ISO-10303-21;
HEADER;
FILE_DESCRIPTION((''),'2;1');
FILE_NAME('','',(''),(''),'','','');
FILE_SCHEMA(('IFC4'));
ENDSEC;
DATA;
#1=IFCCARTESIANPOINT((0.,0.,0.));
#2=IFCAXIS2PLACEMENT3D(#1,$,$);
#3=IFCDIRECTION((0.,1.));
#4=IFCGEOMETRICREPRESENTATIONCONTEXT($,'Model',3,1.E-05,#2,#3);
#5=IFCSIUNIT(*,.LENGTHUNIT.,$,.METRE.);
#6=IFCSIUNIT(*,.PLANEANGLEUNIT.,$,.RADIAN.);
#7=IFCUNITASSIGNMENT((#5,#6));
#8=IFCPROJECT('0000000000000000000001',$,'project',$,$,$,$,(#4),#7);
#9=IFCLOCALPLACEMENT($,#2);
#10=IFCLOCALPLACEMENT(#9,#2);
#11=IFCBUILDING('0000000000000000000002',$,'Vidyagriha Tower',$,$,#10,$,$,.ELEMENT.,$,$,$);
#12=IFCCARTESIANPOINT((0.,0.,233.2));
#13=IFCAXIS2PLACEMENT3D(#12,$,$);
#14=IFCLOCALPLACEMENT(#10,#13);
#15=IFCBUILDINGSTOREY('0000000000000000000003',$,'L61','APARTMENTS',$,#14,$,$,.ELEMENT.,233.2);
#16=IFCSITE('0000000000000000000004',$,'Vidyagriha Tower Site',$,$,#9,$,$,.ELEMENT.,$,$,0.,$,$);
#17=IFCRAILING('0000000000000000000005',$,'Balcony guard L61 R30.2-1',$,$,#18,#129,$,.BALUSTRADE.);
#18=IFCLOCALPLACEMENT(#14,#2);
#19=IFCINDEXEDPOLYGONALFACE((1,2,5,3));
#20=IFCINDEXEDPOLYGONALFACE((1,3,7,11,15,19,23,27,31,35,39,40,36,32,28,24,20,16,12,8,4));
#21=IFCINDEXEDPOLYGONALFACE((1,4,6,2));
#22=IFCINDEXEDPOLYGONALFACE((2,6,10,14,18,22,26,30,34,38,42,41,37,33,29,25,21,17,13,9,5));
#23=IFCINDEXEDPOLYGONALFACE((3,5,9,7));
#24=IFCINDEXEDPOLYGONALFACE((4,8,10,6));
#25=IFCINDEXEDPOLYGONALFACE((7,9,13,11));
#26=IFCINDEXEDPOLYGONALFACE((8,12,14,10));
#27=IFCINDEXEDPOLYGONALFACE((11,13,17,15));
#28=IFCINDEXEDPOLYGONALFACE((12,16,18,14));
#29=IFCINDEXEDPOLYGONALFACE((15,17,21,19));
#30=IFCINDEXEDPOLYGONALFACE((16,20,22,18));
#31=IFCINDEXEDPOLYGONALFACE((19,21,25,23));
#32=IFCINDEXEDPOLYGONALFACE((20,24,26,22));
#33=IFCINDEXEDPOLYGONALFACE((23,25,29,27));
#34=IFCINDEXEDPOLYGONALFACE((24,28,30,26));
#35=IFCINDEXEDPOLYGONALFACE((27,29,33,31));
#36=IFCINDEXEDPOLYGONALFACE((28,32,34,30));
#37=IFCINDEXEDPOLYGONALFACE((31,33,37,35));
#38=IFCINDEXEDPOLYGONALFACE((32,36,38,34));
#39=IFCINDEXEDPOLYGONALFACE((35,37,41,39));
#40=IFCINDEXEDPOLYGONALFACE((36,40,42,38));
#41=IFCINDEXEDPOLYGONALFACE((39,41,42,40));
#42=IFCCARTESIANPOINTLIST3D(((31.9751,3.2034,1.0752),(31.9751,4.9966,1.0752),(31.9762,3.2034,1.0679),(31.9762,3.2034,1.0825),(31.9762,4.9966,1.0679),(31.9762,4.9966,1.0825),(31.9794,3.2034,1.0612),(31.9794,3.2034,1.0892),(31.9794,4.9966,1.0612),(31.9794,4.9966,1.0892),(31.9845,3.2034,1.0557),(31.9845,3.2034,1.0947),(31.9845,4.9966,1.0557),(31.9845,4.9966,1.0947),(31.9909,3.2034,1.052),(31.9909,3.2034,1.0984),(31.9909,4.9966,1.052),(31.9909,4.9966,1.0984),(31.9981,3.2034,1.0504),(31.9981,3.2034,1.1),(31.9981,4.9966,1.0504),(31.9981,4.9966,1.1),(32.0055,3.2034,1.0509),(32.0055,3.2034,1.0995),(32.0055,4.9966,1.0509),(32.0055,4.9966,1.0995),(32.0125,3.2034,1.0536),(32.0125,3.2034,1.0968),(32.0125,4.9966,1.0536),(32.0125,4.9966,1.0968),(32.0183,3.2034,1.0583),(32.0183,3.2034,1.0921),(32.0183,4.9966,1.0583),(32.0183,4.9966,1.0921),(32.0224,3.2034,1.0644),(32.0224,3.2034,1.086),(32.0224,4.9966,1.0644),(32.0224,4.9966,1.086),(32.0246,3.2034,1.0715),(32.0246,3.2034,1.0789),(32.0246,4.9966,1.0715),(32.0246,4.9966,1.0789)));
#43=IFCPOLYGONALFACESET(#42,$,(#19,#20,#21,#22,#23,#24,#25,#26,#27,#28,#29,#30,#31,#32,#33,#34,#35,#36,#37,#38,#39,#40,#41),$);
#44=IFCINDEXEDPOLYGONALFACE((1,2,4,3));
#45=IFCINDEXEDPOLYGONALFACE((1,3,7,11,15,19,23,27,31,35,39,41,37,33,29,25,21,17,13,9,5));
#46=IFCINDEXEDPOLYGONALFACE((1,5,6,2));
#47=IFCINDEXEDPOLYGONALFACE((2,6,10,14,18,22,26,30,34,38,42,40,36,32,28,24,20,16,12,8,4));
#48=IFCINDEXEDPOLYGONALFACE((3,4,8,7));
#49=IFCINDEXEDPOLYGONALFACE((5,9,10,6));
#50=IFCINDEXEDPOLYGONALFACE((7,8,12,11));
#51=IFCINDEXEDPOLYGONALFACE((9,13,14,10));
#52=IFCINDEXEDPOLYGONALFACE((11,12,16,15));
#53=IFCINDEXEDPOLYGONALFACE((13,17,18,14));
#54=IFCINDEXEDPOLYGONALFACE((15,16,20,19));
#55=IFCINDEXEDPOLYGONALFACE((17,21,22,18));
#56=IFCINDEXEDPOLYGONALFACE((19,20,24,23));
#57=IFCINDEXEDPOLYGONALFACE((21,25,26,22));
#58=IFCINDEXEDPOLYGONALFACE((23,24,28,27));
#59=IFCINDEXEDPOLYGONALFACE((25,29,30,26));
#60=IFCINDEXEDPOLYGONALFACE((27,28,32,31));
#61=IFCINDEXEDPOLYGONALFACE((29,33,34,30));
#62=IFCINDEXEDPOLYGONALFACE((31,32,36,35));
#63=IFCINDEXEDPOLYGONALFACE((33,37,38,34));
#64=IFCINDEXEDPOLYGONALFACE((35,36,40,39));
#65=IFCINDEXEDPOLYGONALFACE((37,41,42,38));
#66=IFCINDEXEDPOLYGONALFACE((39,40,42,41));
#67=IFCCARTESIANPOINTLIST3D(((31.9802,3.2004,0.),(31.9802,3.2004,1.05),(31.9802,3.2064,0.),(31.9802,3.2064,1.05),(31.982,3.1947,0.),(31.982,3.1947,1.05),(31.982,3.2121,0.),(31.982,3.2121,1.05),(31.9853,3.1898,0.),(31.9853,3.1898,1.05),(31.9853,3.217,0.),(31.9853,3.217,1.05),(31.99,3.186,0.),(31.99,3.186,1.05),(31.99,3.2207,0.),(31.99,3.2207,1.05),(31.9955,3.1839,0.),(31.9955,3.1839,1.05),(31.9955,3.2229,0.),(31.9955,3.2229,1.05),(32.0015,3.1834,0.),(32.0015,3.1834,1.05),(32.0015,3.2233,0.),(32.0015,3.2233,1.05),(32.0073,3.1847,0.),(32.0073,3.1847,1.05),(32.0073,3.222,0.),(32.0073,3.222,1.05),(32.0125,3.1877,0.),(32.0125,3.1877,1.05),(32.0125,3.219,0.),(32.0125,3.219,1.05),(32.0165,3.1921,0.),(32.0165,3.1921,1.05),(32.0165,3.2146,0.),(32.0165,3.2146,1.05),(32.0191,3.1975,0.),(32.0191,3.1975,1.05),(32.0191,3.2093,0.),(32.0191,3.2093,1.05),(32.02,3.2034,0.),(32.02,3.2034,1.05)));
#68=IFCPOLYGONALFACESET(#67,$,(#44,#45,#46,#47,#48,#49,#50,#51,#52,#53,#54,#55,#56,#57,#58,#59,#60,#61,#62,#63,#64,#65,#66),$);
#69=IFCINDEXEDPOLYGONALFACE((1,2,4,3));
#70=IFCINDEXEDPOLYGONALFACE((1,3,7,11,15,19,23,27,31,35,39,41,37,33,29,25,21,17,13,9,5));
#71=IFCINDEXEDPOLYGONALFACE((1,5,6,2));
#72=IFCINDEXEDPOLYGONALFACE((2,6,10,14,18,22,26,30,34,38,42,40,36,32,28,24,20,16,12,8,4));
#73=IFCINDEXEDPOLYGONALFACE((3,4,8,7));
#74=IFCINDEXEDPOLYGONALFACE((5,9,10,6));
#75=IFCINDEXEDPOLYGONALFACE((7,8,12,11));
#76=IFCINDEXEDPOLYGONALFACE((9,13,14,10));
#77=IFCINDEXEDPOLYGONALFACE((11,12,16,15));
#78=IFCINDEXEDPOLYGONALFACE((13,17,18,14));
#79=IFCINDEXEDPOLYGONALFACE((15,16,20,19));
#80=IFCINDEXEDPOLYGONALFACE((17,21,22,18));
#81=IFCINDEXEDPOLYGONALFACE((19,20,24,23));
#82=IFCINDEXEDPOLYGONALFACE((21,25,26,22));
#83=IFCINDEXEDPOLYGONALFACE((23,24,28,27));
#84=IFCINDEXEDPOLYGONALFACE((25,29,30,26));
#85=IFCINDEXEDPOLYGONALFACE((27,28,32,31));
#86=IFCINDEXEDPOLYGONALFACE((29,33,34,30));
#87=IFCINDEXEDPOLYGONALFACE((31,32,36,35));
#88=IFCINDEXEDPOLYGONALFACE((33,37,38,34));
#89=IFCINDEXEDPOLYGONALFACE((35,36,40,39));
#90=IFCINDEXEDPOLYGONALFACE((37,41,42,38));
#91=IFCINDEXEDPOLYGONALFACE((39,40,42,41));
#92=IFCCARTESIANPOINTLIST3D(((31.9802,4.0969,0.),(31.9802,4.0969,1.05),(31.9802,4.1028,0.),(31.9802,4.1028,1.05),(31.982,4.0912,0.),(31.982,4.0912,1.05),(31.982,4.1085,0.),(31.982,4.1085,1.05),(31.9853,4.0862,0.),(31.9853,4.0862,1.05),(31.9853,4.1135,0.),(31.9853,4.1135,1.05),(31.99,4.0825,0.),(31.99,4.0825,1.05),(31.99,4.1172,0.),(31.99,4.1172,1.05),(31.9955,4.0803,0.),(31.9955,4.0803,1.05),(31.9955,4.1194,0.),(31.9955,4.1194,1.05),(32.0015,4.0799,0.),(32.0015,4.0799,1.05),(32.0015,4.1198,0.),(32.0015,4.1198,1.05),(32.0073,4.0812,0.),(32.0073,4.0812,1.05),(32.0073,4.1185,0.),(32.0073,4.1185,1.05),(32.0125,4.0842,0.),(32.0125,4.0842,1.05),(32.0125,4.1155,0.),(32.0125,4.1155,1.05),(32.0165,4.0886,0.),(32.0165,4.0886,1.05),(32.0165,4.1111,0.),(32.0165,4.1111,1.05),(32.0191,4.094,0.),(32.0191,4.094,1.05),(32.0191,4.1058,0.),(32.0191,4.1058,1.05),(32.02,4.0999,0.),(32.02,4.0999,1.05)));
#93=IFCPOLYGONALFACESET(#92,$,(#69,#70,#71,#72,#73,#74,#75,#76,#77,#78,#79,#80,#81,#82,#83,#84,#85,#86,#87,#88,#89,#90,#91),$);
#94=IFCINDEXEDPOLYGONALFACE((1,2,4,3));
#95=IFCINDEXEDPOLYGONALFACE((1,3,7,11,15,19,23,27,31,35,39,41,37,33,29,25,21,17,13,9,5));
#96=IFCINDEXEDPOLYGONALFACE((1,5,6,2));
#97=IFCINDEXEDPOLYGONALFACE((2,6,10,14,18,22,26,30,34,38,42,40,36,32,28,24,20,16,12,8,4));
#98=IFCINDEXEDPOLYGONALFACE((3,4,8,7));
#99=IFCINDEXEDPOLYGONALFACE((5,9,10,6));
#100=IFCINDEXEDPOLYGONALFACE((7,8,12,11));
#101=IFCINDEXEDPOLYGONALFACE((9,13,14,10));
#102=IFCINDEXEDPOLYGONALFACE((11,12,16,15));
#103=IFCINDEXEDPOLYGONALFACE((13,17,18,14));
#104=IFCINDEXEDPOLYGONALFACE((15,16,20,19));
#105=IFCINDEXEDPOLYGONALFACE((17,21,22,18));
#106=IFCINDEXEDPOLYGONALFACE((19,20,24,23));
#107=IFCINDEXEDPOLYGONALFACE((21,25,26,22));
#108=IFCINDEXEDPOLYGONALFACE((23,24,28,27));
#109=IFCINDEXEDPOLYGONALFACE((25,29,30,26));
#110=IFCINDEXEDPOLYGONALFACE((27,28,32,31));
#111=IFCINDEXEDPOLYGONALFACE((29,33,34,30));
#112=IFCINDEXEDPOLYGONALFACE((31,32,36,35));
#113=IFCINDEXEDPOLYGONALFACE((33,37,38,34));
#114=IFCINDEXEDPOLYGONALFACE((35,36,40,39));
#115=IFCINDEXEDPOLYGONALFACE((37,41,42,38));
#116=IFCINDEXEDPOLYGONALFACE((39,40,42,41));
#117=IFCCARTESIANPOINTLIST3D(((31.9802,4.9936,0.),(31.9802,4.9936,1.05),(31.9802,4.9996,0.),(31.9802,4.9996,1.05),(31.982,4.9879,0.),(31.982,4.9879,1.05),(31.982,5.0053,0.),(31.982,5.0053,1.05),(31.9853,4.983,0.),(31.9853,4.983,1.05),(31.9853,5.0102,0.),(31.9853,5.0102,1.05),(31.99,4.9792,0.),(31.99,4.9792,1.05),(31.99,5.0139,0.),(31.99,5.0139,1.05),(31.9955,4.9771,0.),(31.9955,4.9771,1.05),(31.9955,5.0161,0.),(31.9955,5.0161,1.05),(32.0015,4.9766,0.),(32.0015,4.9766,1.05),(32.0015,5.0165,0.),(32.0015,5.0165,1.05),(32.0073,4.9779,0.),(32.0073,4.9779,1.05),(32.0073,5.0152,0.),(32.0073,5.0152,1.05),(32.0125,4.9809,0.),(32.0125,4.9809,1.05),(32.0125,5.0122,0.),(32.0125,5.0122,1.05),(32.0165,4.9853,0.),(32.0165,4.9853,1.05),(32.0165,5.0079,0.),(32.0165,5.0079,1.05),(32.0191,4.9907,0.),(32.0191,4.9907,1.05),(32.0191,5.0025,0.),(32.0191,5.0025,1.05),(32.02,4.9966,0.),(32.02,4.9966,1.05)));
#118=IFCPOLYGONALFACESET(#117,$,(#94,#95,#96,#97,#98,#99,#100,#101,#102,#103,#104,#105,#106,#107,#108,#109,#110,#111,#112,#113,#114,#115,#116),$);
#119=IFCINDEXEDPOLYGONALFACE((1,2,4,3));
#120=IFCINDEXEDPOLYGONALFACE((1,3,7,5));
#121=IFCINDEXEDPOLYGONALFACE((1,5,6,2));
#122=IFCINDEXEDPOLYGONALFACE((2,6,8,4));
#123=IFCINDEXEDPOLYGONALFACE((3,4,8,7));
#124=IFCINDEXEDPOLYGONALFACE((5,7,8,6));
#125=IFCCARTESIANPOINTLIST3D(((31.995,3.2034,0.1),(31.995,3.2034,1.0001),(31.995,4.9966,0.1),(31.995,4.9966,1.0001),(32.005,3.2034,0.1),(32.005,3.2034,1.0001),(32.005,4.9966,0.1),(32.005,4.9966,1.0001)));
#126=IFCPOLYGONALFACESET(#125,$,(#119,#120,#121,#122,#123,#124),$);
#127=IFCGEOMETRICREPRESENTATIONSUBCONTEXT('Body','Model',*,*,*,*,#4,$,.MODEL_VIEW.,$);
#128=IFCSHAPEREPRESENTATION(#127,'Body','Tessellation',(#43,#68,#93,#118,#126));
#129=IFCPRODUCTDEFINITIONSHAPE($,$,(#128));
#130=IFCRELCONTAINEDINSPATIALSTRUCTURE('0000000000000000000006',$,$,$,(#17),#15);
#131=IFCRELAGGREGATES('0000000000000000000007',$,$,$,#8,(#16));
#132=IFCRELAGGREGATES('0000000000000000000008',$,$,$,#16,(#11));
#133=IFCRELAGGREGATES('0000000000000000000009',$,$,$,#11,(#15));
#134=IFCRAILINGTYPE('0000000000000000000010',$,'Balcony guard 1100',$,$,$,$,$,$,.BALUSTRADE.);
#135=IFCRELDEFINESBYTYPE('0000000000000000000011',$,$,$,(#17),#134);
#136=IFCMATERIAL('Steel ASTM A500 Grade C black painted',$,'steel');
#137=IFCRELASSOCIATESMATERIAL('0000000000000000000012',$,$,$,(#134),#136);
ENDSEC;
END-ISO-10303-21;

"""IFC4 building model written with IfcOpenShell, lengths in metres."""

from ifc_helpers import new_model, si_unit, direction, frame, origin, origin_2d, place, context, subcontext, project, spatial, rectangle, circle, extrude, material, type_object, element, save


model = new_model("IFC4")

# Units and contexts
model_context = context("Model", 3, precision=1e-05, world=origin(), true_north=direction((0.0, 1.0)))
body_context = subcontext(model_context, "Body", "Model", "MODEL_VIEW")
ifc_project = project(units=[si_unit("LENGTHUNIT", "METRE"), si_unit("PLANEANGLEUNIT", "RADIAN")], contexts=[model_context])

# Site, building, storey
site_placement = place(None, origin())
site = spatial("IfcSite", under=ifc_project, at=site_placement, Name="Vidyagriha Tower Site", CompositionType="ELEMENT", RefElevation=0.0)
building_placement = place(site_placement, origin())
building = spatial("IfcBuilding", under=site, at=building_placement, Name="Vidyagriha Tower", CompositionType="ELEMENT")
storey_placement = place(building_placement, frame((0.0, 0.0, 233.2)))
storey = spatial("IfcBuildingStorey", under=building, at=storey_placement, Name="L61", Description="APARTMENTS", CompositionType="ELEMENT", Elevation=233.2)

# Railing
ifc_material_1 = material(Name="Steel ASTM A500 Grade C black painted", Category="steel")
railing_type_1 = type_object("IfcRailingType", Name="Balcony guard 1100", PredefinedType="BALUSTRADE", material=ifc_material_1)
railing_1_placement = place(storey_placement, frame((32.0, 3.2034, 0.0)))
element("IfcRailing", 1, at=railing_1_placement, inside=storey, type_object=railing_type_1, Name="Balcony guard L61 R30.2-1", PredefinedType="BALUSTRADE", context=body_context, shape_type="SweptSolid", body=[
    extrude(circle(Radius=0.0249, at=origin_2d()), frame((0.0, 0.0, 1.0752), z_axis=(0.0, 1.0, 0.0), x_axis=(-1.0, 0.0, 0.0)), (0.0, 0.0, 1.0), 1.7932),
    extrude(circle(Radius=0.02, at=origin_2d()), origin(), (0.0, 0.0, 1.0), 1.05),
    extrude(circle(Radius=0.02, at=origin_2d()), frame((0.0, 0.8965, 0.0)), (0.0, 0.0, 1.0), 1.05),
    extrude(circle(Radius=0.02, at=origin_2d()), frame((0.0, 1.7932, 0.0)), (0.0, 0.0, 1.0), 1.05),
    extrude(rectangle(XDim=0.01, YDim=0.9001, at=origin_2d()), frame((0.0, 0.0, 0.55), z_axis=(0.0, 1.0, 0.0), x_axis=(-1.0, 0.0, 0.0)), (0.0, 0.0, 1.0), 1.7932),
])

save(model, "model.ifc")
